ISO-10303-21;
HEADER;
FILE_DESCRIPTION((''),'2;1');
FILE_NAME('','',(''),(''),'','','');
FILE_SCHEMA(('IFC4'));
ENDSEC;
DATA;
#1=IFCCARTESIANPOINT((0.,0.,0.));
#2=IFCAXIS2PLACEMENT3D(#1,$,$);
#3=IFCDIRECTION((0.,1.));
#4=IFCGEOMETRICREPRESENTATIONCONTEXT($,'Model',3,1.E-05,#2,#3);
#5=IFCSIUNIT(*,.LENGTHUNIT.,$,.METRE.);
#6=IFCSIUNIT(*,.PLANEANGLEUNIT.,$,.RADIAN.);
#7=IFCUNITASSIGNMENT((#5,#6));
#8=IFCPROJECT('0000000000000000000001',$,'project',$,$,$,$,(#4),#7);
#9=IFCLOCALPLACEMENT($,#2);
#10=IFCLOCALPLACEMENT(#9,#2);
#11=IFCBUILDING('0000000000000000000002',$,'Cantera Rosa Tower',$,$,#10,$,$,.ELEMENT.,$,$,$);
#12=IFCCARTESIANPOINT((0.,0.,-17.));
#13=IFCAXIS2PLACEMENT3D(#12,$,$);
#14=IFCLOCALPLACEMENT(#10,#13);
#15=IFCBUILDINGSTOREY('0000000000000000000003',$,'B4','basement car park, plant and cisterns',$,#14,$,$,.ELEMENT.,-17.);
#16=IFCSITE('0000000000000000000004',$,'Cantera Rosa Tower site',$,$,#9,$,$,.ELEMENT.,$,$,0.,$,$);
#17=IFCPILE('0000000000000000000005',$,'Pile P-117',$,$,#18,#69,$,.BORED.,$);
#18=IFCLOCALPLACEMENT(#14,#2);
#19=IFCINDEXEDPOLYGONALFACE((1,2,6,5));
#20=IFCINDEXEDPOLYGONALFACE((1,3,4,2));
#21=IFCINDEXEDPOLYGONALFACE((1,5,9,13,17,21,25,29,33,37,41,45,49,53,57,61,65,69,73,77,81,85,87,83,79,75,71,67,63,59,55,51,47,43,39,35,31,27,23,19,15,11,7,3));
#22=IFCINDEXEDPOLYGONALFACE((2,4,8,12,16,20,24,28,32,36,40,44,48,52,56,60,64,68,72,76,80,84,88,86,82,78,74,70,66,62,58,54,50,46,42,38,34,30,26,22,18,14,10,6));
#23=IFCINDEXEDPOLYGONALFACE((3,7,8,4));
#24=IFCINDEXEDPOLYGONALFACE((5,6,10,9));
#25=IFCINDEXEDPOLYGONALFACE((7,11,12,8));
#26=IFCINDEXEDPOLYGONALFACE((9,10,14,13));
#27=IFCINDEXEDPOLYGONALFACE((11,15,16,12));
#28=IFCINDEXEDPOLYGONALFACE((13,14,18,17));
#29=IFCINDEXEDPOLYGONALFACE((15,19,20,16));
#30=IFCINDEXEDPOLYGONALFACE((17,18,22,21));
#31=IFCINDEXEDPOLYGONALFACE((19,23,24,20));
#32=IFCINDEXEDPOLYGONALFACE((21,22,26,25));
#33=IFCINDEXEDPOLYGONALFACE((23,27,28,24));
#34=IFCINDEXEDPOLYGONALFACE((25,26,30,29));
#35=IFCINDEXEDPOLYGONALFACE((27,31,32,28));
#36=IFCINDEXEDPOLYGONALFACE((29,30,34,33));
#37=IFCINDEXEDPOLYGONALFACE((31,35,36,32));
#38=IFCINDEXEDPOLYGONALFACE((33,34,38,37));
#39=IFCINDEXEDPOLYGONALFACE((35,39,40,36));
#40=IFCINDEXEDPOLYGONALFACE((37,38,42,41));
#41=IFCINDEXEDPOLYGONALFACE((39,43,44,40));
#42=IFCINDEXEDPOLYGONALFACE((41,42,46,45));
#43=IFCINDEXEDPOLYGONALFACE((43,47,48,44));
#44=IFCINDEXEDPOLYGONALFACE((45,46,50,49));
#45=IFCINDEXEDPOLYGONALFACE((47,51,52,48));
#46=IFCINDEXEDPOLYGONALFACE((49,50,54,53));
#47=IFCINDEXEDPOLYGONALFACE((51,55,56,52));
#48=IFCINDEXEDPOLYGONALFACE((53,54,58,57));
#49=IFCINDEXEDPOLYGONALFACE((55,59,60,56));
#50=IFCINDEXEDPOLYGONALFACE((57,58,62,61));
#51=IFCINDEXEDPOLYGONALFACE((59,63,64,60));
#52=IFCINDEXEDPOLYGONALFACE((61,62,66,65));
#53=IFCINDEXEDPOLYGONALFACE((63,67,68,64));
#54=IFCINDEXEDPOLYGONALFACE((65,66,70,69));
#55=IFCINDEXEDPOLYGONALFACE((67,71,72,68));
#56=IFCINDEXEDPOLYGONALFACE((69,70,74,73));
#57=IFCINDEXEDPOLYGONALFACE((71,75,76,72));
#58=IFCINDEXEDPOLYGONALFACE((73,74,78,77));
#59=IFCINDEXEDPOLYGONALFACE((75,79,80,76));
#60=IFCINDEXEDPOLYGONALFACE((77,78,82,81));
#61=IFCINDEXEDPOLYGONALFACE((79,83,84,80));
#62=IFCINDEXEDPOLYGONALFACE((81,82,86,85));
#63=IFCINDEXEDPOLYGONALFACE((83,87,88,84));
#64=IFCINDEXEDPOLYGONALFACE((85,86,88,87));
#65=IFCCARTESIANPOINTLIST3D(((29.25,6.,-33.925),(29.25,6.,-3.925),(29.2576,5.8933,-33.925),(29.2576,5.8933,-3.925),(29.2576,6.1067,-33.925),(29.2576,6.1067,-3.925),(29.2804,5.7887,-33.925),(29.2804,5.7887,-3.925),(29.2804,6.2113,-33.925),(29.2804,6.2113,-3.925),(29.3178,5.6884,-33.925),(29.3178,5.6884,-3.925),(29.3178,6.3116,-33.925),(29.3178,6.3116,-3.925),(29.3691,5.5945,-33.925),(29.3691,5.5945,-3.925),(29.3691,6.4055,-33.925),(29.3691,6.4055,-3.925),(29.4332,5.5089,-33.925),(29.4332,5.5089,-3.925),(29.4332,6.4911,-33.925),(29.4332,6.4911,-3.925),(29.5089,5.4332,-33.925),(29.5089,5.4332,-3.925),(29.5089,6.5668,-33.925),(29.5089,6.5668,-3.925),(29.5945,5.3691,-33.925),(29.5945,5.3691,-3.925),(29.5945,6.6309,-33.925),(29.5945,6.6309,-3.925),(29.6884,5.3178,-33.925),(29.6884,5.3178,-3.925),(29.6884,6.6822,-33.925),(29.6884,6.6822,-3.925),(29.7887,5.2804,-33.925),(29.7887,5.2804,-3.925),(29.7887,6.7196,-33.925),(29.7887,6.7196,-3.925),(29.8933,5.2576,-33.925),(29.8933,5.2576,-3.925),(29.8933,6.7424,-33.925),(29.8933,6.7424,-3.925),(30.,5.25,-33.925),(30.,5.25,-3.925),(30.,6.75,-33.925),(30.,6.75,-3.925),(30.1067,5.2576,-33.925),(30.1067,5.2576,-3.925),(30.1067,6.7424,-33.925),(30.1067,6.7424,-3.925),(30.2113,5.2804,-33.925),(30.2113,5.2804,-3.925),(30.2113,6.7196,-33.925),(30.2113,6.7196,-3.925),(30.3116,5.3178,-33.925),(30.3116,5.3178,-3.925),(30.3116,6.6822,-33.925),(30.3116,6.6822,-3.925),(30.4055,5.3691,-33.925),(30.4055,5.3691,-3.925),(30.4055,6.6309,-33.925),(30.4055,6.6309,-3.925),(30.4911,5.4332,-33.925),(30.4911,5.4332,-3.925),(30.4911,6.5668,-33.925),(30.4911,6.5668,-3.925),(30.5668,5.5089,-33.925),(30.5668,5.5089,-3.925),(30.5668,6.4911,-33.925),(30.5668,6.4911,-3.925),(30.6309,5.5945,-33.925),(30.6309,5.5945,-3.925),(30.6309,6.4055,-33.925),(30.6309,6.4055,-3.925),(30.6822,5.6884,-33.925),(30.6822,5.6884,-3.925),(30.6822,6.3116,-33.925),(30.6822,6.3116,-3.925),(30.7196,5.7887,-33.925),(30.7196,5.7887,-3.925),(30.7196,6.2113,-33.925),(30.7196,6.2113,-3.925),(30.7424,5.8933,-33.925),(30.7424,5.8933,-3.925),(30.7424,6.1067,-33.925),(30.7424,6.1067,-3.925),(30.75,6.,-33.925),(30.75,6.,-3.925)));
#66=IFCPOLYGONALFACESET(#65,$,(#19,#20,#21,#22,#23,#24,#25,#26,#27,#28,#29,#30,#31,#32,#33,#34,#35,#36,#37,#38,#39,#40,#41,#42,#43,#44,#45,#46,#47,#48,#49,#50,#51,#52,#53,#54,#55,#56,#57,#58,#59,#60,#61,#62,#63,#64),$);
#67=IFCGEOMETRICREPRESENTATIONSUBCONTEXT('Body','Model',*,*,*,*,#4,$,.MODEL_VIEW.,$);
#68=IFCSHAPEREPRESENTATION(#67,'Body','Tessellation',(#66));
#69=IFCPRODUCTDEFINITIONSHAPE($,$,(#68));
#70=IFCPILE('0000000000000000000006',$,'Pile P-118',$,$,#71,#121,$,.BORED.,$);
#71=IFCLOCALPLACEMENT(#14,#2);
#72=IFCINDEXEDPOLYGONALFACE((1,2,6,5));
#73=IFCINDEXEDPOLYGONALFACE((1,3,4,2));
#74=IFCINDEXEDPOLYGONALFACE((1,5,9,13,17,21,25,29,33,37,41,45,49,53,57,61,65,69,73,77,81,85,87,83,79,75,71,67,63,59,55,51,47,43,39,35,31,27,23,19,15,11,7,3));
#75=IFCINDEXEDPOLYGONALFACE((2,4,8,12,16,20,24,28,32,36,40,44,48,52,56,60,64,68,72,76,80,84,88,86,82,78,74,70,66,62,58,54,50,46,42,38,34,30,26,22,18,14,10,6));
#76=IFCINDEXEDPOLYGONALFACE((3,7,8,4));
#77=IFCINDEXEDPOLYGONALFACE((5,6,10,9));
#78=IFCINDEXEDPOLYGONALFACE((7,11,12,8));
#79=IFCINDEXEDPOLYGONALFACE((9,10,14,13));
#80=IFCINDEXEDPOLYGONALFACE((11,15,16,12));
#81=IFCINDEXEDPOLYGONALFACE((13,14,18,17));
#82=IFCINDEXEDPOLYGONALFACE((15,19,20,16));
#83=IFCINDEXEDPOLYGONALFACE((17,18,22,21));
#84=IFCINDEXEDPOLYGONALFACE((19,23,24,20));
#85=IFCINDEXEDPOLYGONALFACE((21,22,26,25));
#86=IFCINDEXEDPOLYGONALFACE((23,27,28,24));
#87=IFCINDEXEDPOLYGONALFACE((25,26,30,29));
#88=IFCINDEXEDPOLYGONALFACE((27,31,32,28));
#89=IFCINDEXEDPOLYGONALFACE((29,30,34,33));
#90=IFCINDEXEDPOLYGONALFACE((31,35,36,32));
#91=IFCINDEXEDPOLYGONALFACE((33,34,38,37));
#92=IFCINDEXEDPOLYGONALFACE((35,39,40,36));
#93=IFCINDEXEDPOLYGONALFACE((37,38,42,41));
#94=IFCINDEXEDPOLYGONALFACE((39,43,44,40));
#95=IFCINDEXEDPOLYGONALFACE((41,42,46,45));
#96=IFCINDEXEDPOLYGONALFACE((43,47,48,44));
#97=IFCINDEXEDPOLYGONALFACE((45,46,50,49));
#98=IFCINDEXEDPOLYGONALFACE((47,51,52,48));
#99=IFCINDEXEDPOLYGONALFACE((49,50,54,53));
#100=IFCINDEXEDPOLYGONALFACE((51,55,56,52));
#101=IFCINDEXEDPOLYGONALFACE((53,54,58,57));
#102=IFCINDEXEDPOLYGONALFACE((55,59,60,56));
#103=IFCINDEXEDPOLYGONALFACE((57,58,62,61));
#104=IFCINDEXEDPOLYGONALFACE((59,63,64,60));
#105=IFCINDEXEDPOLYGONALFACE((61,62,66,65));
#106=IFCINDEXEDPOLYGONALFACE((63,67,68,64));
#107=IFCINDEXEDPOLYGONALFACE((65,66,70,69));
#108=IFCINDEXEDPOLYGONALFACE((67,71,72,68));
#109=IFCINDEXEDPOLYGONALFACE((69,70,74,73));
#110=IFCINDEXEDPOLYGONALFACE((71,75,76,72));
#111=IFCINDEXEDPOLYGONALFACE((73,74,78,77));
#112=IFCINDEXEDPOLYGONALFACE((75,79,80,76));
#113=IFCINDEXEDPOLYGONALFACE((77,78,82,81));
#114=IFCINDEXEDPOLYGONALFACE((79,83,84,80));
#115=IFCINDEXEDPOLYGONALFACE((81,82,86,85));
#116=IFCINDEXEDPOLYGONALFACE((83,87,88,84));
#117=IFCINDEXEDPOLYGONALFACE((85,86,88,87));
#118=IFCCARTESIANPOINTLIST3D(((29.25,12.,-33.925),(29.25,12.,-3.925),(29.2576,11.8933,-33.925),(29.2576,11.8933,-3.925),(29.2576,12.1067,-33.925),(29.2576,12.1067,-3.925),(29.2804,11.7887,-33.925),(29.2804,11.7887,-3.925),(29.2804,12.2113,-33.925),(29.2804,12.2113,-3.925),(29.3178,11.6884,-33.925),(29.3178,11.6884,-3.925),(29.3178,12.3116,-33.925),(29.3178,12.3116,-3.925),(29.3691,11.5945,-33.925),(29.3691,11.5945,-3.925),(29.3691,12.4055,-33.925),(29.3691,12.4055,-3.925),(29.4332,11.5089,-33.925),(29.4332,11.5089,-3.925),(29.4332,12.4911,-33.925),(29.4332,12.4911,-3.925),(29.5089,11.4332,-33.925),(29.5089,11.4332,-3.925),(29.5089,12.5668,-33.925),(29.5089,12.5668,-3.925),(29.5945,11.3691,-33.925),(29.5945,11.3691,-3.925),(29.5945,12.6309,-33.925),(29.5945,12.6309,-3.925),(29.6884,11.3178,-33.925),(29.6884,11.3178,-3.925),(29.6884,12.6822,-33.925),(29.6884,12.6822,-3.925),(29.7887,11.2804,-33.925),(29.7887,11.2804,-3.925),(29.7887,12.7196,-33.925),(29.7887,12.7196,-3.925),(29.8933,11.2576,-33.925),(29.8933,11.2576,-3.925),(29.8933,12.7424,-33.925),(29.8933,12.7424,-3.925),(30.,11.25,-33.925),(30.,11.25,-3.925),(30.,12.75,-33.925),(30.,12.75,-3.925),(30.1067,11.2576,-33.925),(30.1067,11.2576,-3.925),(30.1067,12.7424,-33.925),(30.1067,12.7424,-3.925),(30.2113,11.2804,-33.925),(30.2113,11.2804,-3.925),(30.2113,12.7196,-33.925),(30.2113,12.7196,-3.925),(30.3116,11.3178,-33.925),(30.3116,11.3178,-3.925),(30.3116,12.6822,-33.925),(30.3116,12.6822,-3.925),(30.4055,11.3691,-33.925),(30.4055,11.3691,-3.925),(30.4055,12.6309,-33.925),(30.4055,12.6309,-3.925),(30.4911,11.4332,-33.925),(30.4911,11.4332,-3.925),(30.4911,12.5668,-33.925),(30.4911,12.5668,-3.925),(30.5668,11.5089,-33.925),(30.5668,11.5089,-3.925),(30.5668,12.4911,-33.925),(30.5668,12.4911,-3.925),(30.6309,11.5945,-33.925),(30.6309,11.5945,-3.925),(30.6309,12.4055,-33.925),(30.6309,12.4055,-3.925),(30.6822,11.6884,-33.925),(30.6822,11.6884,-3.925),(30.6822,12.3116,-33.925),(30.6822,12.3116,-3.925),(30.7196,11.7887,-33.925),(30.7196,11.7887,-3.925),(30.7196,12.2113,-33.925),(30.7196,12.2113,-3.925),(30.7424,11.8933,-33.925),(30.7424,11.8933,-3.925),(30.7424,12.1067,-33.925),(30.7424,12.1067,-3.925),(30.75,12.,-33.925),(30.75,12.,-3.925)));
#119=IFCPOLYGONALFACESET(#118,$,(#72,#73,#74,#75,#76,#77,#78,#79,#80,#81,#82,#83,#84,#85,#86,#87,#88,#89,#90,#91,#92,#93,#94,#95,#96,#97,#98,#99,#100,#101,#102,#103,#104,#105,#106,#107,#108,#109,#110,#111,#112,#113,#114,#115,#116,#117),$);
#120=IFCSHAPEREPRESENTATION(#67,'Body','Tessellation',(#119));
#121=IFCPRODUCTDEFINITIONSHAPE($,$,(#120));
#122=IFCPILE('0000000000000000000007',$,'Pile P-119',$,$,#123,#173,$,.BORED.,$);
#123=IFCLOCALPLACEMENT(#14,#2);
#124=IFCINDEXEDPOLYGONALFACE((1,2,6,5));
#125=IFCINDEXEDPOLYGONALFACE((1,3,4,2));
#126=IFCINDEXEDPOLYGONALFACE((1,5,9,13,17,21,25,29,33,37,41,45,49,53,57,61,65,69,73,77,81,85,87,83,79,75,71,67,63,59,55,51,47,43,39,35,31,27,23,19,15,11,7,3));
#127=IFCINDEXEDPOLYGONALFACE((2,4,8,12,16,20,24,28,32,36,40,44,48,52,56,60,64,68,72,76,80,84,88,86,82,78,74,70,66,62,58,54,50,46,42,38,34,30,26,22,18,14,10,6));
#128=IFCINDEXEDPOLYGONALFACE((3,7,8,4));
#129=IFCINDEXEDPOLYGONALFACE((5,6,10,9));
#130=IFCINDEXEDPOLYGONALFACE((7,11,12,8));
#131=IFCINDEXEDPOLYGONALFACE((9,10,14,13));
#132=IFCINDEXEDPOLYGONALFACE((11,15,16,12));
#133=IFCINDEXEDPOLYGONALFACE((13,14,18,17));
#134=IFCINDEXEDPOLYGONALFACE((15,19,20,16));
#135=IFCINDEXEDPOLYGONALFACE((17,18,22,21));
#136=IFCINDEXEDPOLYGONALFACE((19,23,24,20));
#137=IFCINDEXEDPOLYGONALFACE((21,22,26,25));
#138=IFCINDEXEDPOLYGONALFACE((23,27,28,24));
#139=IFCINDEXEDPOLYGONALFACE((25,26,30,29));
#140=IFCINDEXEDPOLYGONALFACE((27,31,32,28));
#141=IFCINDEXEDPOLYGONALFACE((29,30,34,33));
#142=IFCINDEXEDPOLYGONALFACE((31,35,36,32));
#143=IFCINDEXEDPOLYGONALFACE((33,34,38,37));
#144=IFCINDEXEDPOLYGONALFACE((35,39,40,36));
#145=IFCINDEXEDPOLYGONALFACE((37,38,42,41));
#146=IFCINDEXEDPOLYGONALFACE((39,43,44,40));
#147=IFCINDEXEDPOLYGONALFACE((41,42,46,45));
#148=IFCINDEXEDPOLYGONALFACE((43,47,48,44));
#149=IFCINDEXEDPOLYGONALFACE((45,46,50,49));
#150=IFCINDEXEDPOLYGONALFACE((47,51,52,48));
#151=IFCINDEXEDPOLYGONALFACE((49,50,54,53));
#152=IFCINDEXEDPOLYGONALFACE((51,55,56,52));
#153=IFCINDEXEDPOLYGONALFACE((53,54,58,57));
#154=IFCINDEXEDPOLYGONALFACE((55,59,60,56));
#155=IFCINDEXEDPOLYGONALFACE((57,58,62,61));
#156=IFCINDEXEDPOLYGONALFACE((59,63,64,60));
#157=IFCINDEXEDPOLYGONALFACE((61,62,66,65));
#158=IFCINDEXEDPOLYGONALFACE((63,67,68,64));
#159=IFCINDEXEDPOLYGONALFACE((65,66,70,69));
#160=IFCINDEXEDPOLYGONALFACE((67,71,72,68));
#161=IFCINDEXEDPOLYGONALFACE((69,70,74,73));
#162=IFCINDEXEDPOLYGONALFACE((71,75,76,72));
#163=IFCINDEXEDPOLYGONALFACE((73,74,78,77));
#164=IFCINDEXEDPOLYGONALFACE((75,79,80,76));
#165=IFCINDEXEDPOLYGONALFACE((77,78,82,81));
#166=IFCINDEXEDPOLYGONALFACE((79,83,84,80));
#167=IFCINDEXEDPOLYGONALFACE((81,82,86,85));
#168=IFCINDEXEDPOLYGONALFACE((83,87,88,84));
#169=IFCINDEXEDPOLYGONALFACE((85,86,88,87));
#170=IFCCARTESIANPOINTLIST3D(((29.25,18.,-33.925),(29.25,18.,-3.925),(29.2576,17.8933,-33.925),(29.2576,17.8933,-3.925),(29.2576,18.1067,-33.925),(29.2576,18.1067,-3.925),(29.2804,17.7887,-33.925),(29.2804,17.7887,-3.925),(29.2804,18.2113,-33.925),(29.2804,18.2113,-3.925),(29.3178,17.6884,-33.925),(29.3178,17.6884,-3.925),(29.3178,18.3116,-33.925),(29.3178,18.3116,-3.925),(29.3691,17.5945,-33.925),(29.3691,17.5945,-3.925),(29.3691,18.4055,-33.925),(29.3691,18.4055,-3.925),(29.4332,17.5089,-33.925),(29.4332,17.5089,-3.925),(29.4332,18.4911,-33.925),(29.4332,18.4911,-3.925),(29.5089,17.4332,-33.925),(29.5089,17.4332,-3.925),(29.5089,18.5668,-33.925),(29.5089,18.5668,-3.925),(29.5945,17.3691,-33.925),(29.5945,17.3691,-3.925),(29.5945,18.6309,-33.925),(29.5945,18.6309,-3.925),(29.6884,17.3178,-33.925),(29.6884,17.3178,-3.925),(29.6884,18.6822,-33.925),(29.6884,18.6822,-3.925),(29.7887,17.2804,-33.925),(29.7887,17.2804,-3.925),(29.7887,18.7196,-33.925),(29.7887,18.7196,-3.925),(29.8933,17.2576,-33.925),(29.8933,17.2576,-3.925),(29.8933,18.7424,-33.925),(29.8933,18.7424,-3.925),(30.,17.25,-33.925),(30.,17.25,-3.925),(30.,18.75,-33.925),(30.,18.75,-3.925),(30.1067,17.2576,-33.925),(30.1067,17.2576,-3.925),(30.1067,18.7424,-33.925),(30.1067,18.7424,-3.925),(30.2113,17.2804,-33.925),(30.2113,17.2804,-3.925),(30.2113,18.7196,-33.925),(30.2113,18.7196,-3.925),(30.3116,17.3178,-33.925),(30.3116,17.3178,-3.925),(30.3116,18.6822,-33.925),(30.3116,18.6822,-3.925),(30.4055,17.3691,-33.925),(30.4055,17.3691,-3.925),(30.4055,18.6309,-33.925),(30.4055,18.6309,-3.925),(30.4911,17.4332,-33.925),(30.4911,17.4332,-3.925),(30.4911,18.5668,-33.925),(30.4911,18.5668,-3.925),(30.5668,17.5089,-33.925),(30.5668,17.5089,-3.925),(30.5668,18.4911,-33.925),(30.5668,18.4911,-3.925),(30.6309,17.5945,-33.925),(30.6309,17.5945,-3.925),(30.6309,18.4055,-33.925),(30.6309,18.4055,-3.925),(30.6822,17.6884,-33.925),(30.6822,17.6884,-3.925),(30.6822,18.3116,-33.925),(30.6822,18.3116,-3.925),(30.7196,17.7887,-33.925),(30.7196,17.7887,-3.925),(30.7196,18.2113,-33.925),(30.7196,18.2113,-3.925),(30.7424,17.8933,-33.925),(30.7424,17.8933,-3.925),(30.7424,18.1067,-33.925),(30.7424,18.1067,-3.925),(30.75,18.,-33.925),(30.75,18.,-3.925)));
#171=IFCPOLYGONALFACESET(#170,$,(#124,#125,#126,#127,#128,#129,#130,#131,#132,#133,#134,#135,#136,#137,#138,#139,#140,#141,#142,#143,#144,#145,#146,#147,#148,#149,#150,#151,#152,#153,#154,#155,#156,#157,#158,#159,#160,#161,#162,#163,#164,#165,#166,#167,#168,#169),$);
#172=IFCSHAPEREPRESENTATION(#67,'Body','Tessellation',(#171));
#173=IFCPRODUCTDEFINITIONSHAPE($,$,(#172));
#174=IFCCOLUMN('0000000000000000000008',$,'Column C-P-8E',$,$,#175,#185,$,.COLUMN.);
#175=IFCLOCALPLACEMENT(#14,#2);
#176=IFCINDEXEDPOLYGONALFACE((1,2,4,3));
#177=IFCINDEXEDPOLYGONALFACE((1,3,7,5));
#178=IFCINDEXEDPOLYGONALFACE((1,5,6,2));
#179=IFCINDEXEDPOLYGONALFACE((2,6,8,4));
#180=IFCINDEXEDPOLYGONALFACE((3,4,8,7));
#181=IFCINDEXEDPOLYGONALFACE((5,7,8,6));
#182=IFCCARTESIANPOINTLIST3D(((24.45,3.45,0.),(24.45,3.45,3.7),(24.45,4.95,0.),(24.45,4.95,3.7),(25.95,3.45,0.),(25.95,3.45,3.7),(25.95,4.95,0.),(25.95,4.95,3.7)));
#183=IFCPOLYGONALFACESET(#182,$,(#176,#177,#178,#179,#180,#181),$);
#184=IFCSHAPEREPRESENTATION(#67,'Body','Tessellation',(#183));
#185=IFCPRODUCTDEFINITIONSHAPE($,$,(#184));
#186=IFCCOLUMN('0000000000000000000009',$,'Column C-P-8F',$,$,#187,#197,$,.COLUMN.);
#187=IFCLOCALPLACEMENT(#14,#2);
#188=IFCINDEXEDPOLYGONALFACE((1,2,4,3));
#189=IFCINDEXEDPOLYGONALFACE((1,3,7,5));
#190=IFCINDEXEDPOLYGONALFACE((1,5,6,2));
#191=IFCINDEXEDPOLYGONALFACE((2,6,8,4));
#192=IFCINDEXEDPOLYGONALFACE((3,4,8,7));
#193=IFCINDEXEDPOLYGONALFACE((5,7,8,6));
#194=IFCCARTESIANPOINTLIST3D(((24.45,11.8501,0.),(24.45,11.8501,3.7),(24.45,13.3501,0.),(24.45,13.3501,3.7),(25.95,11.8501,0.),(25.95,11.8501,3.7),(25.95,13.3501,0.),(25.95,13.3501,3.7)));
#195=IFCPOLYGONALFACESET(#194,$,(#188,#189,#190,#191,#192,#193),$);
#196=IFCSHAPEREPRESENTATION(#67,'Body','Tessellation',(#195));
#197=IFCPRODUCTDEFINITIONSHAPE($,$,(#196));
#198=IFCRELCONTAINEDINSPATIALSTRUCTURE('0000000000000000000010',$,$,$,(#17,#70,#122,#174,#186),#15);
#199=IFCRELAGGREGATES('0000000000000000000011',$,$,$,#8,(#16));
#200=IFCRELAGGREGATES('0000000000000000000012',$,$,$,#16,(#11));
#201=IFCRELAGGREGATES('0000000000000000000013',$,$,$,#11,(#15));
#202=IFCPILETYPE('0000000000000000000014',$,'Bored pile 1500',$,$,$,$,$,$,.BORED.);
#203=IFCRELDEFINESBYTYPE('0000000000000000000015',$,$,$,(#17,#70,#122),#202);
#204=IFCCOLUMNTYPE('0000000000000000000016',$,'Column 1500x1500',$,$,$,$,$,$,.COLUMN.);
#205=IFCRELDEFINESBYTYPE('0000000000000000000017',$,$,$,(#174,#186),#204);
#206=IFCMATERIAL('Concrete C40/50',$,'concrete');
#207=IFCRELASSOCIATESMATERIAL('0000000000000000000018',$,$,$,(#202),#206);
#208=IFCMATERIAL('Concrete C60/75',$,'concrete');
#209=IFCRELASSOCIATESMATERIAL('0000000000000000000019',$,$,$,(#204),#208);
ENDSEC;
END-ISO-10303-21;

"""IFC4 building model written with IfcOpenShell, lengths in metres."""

from ifc_helpers import new_model, si_unit, direction, frame, origin, origin_2d, place, context, subcontext, project, spatial, rectangle, circle, extrude, material, material_profile, profile_set, type_object, element, save


model = new_model("IFC4")

# Units and contexts
model_context = context("Model", 3, precision=1e-05, world=origin(), true_north=direction((0.0, 1.0)))
body_context = subcontext(model_context, "Body", "Model", "MODEL_VIEW")
ifc_project = project(units=[si_unit("LENGTHUNIT", "METRE"), si_unit("PLANEANGLEUNIT", "RADIAN")], contexts=[model_context])

# Site, building, storey
site_placement = place(None, origin())
site = spatial("IfcSite", under=ifc_project, at=site_placement, Name="Cantera Rosa Tower site", CompositionType="ELEMENT", RefElevation=0.0)
building_placement = place(site_placement, origin())
building = spatial("IfcBuilding", under=site, at=building_placement, Name="Cantera Rosa Tower", CompositionType="ELEMENT")
storey_placement = place(building_placement, frame((0.0, 0.0, -17.0)))
storey = spatial("IfcBuildingStorey", under=building, at=storey_placement, Name="B4", Description="basement car park, plant and cisterns", CompositionType="ELEMENT", Elevation=-17.0)

# Piles
ifc_material_1 = material(Name="Concrete C40/50", Category="concrete")
ifc_material_profile_1 = material_profile(ifc_material_1, circle(Radius=0.75, at=origin_2d()), Name="Bored pile 1500")
ifc_profile_set_1 = profile_set([ifc_material_profile_1], Name="Concrete C40/50")
pile_type = type_object("IfcPileType", Name="Bored pile 1500", PredefinedType="BORED", material=ifc_profile_set_1)
for number, where, z_axis, x_axis, name in (
    (1, (30.0, 6.0, -3.925), (0.0, 0.0, -1.0), (1.0, 0.0, 0.0), "Pile P-117"),
    (2, (30.0, 12.0, -3.925), (0.0, 0.0, -1.0), (1.0, 0.0, 0.0), "Pile P-118"),
    (3, (30.0, 18.0, -3.925), (0.0, 0.0, -1.0), (1.0, 0.0, 0.0), "Pile P-119"),
):
    element("IfcPile", number, at=place(storey_placement, frame(where, z_axis=z_axis, x_axis=x_axis)), inside=storey, type_object=pile_type, Name=name, PredefinedType="BORED", context=body_context, shape_type="SweptSolid", body=[
        extrude(circle(Radius=0.75, at=origin_2d()), origin(), (0.0, 0.0, 1.0), 30.0),
    ])

# Columns
ifc_material_2 = material(Name="Concrete C60/75", Category="concrete")
ifc_material_profile_2 = material_profile(ifc_material_2, rectangle(XDim=1.5, YDim=1.5, at=origin_2d()), Name="Column 1500x1500")
ifc_profile_set_2 = profile_set([ifc_material_profile_2], Name="Concrete C60/75")
column_type_1 = type_object("IfcColumnType", Name="Column 1500x1500", PredefinedType="COLUMN", material=ifc_profile_set_2)
for number, where, z_axis, x_axis, name in (
    (4, (25.2, 4.2, 0.0), (0.0, 0.0, 1.0), (1.0, 0.0, 0.0), "Column C-P-8E"),
    (5, (25.2, 12.6001, 0.0), (0.0, 0.0, 1.0), (1.0, 0.0, 0.0), "Column C-P-8F"),
):
    element("IfcColumn", number, at=place(storey_placement, frame(where, z_axis=z_axis, x_axis=x_axis)), inside=storey, type_object=column_type_1, Name=name, PredefinedType="COLUMN", context=body_context, shape_type="SweptSolid", body=[
        extrude(rectangle(XDim=1.5, YDim=1.5, at=origin_2d()), origin(), (0.0, 0.0, 1.0), 3.7),
    ])

save(model, "model.ifc")
